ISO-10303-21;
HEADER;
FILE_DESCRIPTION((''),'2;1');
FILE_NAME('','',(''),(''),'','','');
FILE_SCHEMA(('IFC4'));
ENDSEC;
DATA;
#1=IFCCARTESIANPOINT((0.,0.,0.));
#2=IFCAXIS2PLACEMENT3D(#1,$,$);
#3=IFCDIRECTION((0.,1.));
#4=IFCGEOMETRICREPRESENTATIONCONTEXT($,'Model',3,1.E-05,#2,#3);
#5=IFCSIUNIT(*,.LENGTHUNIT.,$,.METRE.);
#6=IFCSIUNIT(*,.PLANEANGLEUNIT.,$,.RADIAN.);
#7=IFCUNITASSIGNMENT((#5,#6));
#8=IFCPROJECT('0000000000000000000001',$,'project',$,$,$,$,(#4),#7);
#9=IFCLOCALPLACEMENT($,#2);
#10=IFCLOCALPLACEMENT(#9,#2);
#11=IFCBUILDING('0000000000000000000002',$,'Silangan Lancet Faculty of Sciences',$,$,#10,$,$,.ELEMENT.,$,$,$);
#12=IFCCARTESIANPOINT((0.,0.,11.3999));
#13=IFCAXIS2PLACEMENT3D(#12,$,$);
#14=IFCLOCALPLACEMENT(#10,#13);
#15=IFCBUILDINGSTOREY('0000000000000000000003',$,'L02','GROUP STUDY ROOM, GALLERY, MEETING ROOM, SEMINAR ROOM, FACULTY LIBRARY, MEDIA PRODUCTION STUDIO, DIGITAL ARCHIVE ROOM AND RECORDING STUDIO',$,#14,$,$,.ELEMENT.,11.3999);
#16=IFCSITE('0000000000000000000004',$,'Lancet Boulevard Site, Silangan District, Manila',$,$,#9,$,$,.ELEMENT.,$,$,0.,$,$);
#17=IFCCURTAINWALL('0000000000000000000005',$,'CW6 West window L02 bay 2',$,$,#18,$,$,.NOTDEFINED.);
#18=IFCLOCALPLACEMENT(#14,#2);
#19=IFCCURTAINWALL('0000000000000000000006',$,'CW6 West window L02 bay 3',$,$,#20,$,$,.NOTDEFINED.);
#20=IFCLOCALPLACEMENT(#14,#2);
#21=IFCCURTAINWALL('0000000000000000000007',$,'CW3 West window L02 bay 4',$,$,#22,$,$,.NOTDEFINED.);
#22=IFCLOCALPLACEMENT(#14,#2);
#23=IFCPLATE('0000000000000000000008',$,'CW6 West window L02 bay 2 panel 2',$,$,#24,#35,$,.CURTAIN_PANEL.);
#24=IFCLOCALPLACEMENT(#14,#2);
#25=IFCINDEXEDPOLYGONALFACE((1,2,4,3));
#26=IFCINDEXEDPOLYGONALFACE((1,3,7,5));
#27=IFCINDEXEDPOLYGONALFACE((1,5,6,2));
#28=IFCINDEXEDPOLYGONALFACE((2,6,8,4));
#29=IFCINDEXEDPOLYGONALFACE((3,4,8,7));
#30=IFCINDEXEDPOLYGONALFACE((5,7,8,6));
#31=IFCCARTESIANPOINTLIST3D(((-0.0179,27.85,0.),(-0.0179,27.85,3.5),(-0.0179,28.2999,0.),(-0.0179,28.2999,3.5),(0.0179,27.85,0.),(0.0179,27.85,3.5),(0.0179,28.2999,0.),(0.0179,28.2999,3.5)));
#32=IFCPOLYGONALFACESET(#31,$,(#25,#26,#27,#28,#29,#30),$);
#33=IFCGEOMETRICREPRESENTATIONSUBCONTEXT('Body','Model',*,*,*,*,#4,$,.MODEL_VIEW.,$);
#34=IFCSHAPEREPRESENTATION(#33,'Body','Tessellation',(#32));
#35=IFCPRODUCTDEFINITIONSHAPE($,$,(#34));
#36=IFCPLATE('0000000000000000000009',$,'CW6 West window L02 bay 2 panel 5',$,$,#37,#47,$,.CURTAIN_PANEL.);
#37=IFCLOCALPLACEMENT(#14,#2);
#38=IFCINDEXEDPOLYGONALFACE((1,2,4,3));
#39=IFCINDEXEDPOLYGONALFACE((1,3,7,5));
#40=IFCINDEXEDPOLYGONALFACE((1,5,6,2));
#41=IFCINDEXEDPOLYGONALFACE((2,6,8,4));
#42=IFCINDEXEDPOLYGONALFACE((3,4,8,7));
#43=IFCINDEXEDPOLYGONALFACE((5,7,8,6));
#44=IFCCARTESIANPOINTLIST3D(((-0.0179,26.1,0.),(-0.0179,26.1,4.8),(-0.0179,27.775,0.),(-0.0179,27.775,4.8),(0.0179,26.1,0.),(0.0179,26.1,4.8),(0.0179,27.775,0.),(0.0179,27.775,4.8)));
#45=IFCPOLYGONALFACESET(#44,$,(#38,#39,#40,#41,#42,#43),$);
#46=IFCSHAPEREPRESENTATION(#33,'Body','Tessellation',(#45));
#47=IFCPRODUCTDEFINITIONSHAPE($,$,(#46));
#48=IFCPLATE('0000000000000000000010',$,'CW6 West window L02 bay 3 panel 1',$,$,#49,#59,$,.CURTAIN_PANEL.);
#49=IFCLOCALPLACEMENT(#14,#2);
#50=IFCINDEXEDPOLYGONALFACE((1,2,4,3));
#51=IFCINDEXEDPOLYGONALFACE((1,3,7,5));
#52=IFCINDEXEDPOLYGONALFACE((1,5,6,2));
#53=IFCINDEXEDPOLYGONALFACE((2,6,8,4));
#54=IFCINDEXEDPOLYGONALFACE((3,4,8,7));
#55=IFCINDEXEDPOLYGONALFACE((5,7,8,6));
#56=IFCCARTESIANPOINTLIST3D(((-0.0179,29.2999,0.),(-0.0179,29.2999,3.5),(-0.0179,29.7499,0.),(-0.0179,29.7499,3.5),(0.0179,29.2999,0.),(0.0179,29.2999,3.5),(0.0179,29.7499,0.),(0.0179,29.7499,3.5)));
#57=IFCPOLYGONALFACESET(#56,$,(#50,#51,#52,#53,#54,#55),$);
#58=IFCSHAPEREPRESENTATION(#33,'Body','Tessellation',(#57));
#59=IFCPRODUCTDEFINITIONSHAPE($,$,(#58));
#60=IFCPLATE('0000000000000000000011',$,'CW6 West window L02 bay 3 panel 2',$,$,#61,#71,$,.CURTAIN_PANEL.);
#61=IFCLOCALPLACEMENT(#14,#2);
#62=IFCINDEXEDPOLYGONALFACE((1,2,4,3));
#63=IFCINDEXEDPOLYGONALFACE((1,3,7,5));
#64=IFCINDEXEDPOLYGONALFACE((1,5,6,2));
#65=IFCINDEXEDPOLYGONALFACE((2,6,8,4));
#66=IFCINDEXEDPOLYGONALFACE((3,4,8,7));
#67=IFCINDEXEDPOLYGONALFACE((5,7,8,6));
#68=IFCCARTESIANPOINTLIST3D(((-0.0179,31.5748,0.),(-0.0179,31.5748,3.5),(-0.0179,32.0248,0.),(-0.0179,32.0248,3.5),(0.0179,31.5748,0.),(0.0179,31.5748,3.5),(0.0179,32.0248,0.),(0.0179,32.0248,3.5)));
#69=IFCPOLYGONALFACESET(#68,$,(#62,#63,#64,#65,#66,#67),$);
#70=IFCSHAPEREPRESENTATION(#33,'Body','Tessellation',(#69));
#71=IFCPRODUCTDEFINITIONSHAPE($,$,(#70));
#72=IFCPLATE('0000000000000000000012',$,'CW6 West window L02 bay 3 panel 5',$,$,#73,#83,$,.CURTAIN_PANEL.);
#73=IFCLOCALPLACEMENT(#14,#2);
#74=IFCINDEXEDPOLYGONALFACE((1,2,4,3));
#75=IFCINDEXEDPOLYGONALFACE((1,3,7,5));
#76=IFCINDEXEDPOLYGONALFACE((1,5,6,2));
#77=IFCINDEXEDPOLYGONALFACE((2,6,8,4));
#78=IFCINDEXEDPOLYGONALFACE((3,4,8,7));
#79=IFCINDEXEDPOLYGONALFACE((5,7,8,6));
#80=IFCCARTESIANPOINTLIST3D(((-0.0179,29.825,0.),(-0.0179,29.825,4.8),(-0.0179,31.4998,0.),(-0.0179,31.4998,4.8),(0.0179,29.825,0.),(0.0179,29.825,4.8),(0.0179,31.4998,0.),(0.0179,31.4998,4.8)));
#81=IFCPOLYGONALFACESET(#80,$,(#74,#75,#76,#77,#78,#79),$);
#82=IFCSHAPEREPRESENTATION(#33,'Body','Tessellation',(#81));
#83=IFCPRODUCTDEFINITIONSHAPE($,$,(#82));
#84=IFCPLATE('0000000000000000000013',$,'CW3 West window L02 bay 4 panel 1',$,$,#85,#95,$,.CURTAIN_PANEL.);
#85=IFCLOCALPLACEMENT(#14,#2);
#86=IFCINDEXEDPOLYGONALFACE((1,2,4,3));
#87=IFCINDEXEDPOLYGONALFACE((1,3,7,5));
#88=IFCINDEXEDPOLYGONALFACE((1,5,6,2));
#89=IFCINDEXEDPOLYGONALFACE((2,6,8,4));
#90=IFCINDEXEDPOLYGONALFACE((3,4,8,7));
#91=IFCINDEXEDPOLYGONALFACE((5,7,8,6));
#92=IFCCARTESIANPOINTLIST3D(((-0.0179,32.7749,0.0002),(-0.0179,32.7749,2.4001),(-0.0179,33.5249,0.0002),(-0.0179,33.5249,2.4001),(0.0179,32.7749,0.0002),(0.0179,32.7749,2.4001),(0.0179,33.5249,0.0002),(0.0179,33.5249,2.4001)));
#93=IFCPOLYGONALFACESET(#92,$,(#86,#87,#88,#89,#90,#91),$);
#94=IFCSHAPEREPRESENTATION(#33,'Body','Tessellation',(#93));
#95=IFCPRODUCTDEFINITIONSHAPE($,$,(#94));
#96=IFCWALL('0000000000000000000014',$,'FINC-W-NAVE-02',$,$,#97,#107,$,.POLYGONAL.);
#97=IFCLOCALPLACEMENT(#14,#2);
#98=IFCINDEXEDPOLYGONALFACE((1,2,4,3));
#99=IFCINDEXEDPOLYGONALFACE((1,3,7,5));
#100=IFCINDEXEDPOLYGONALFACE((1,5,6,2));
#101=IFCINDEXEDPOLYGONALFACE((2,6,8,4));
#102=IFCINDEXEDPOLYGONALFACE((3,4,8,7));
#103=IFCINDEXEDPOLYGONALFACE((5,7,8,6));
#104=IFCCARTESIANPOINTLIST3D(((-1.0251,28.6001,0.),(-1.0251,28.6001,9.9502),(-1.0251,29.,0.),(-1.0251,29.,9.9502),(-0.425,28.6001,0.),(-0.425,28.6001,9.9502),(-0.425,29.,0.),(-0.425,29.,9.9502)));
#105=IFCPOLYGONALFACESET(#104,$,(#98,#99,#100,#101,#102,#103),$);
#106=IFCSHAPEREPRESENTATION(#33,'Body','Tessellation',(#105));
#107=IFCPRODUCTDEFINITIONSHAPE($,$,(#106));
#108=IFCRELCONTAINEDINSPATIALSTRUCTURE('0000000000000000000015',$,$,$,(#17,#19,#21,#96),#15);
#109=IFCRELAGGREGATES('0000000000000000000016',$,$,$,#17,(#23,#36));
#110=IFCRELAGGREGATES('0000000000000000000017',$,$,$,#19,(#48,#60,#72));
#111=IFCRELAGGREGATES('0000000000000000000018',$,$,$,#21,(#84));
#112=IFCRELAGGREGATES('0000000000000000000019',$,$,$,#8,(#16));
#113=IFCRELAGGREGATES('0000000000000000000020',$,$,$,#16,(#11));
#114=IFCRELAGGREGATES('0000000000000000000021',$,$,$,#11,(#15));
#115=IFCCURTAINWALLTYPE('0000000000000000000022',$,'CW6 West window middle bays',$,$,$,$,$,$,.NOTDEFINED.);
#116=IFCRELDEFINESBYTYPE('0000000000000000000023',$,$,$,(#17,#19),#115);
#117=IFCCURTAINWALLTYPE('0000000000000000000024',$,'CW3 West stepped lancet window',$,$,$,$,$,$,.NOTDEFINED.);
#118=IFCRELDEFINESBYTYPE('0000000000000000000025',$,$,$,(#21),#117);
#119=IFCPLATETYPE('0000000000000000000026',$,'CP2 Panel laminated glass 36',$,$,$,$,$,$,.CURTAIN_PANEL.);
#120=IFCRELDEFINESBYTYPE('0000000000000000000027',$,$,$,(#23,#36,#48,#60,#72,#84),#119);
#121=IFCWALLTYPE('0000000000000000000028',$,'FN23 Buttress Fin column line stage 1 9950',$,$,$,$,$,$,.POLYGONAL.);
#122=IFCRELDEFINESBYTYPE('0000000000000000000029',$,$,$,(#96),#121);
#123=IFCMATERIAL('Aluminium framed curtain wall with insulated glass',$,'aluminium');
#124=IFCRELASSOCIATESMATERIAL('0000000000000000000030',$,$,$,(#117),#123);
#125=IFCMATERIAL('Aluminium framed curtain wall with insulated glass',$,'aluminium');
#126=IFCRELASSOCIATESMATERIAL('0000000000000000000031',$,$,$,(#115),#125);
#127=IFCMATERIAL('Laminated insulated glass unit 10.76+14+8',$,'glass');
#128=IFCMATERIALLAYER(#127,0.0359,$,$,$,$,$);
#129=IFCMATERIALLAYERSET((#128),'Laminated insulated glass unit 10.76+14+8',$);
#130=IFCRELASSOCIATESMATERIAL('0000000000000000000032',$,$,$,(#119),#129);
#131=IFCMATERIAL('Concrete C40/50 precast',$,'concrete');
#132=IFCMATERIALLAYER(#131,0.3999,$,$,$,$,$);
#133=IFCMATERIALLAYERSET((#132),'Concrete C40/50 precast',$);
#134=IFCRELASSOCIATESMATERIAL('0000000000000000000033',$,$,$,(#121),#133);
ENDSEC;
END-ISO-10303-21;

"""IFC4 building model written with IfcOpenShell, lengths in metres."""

from ifc_helpers import new_model, si_unit, direction, frame, origin, origin_2d, place, context, subcontext, project, spatial, polyline, rectangle, outline, extrude, material, layer, layer_set, type_object, element, aggregate, save


model = new_model("IFC4")

# Units and contexts
model_context = context("Model", 3, precision=1e-05, world=origin(), true_north=direction((0.0, 1.0)))
body_context = subcontext(model_context, "Body", "Model", "MODEL_VIEW")
ifc_project = project(units=[si_unit("LENGTHUNIT", "METRE"), si_unit("PLANEANGLEUNIT", "RADIAN")], contexts=[model_context])

# Site, building, storey
site_placement = place(None, origin())
site = spatial("IfcSite", under=ifc_project, at=site_placement, Name="Lancet Boulevard Site, Silangan District, Manila", CompositionType="ELEMENT", RefElevation=0.0)
building_placement = place(site_placement, origin())
building = spatial("IfcBuilding", under=site, at=building_placement, Name="Silangan Lancet Faculty of Sciences", CompositionType="ELEMENT")
storey_placement = place(building_placement, frame((0.0, 0.0, 11.3999)))
storey = spatial("IfcBuildingStorey", under=building, at=storey_placement, Name="L02", Description="GROUP STUDY ROOM, GALLERY, MEETING ROOM, SEMINAR ROOM, FACULTY LIBRARY, MEDIA PRODUCTION STUDIO, DIGITAL ARCHIVE ROOM AND RECORDING STUDIO", CompositionType="ELEMENT", Elevation=11.3999)

# Shared definitions
ifc_material_1 = material(Name="Aluminium framed curtain wall with insulated glass", Category="aluminium")
curtain_wall_type_1 = type_object("IfcCurtainWallType", Name="CW3 West stepped lancet window", PredefinedType="NOTDEFINED", material=ifc_material_1)

# Curtain walls
ifc_material_2 = material(Name="Aluminium framed curtain wall with insulated glass", Category="aluminium")
curtain_wall_type_2 = type_object("IfcCurtainWallType", Name="CW6 West window middle bays", PredefinedType="NOTDEFINED", material=ifc_material_2)
curtain_wall_1_placement = place(storey_placement, origin())
curtain_wall_1 = element("IfcCurtainWall", 1, at=curtain_wall_1_placement, inside=storey, type_object=curtain_wall_type_2, Name="CW6 West window L02 bay 2", PredefinedType="NOTDEFINED")
curtain_wall_2_placement = place(storey_placement, origin())
curtain_wall_2 = element("IfcCurtainWall", 2, at=curtain_wall_2_placement, inside=storey, type_object=curtain_wall_type_2, Name="CW6 West window L02 bay 3", PredefinedType="NOTDEFINED")

# Curtain wall
curtain_wall_3_placement = place(storey_placement, origin())
curtain_wall_3 = element("IfcCurtainWall", 3, at=curtain_wall_3_placement, inside=storey, type_object=curtain_wall_type_1, Name="CW3 West window L02 bay 4", PredefinedType="NOTDEFINED")

# Plates
ifc_material_3 = material(Name="Laminated insulated glass unit 10.76+14+8", Category="glass")
ifc_layer_1 = layer(ifc_material_3, 0.0359)
ifc_layer_set_1 = layer_set([ifc_layer_1], Name="Laminated insulated glass unit 10.76+14+8")
plate_type_1 = type_object("IfcPlateType", Name="CP2 Panel laminated glass 36", PredefinedType="CURTAIN_PANEL", material=ifc_layer_set_1)
plate_1_placement = place(storey_placement, frame((0.0, 28.075, 0.0), z_axis=(0.0, 0.0, 1.0), x_axis=(0.0, 1.0, 0.0)))
plate_1 = element("IfcPlate", 4, at=plate_1_placement, type_object=plate_type_1, Name="CW6 West window L02 bay 2 panel 2", PredefinedType="CURTAIN_PANEL", context=body_context, shape_type="SweptSolid", body=[
    extrude(rectangle(XDim=0.45, YDim=0.0359, at=origin_2d()), origin(), (0.0, 0.0, 1.0), 3.5),
])
plate_2_placement = place(storey_placement, frame((0.0, 26.9375, 0.0), z_axis=(0.0, 0.0, 1.0), x_axis=(0.0, 1.0, 0.0)))
plate_2 = element("IfcPlate", 5, at=plate_2_placement, type_object=plate_type_1, Name="CW6 West window L02 bay 2 panel 5", PredefinedType="CURTAIN_PANEL", context=body_context, shape_type="SweptSolid", body=[
    extrude(rectangle(XDim=1.675, YDim=0.0359, at=origin_2d()), origin(), (0.0, 0.0, 1.0), 4.8),
])
aggregate(curtain_wall_1, [plate_1, plate_2])
plate_3_placement = place(storey_placement, frame((0.0, 29.5249, 0.0), z_axis=(0.0, 0.0, 1.0), x_axis=(0.0, 1.0, 0.0)))
plate_3 = element("IfcPlate", 6, at=plate_3_placement, type_object=plate_type_1, Name="CW6 West window L02 bay 3 panel 1", PredefinedType="CURTAIN_PANEL", context=body_context, shape_type="SweptSolid", body=[
    extrude(rectangle(XDim=0.45, YDim=0.0359, at=origin_2d()), origin(), (0.0, 0.0, 1.0), 3.5),
])
plate_4_placement = place(storey_placement, frame((0.0, 31.7998, 0.0), z_axis=(0.0, 0.0, 1.0), x_axis=(0.0, 1.0, 0.0)))
plate_4 = element("IfcPlate", 7, at=plate_4_placement, type_object=plate_type_1, Name="CW6 West window L02 bay 3 panel 2", PredefinedType="CURTAIN_PANEL", context=body_context, shape_type="SweptSolid", body=[
    extrude(rectangle(XDim=0.45, YDim=0.0359, at=origin_2d()), origin(), (0.0, 0.0, 1.0), 3.5),
])
plate_5_placement = place(storey_placement, frame((0.0, 30.6624, 0.0), z_axis=(0.0, 0.0, 1.0), x_axis=(0.0, 1.0, 0.0)))
plate_5 = element("IfcPlate", 8, at=plate_5_placement, type_object=plate_type_1, Name="CW6 West window L02 bay 3 panel 5", PredefinedType="CURTAIN_PANEL", context=body_context, shape_type="SweptSolid", body=[
    extrude(rectangle(XDim=1.6748, YDim=0.0359, at=origin_2d()), origin(), (0.0, 0.0, 1.0), 4.8),
])
aggregate(curtain_wall_2, [plate_3, plate_4, plate_5])
plate_6_placement = place(storey_placement, frame((0.0, 33.1499, 0.0002), z_axis=(0.0, 0.0, 1.0), x_axis=(0.0, 1.0, 0.0)))
plate_6 = element("IfcPlate", 9, at=plate_6_placement, type_object=plate_type_1, Name="CW3 West window L02 bay 4 panel 1", PredefinedType="CURTAIN_PANEL", context=body_context, shape_type="SweptSolid", body=[
    extrude(rectangle(XDim=0.75, YDim=0.0359, at=origin_2d()), origin(), (0.0, 0.0, 1.0), 2.3999),
])
aggregate(curtain_wall_3, [plate_6])

# Wall
ifc_material_4 = material(Name="Concrete C40/50 precast", Category="concrete")
ifc_layer_2 = layer(ifc_material_4, 0.3999)
ifc_layer_set_2 = layer_set([ifc_layer_2], Name="Concrete C40/50 precast")
wall_type = type_object("IfcWallType", Name="FN23 Buttress Fin column line stage 1 9950", PredefinedType="POLYGONAL", material=ifc_layer_set_2)
wall_placement = place(storey_placement, frame((-0.425, 28.8, 0.0), z_axis=(0.0, 0.0, 1.0), x_axis=(-1.0, 0.0, 0.0)))
element("IfcWall", 10, at=wall_placement, inside=storey, type_object=wall_type, Name="FINC-W-NAVE-02", PredefinedType="POLYGONAL", context=body_context, shape_type="SweptSolid", body=[
    extrude(outline(polyline([(0.6001, 0.0), (0.6001, 9.9502), (0.0, 9.9502), (0.0, 0.0), (0.6001, 0.0)])), frame((0.0, 0.2, 0.0), z_axis=(0.0, -1.0, 0.0), x_axis=(1.0, 0.0, 0.0)), (0.0, 0.0, 1.0), 0.3999),
])

save(model, "model.ifc")
